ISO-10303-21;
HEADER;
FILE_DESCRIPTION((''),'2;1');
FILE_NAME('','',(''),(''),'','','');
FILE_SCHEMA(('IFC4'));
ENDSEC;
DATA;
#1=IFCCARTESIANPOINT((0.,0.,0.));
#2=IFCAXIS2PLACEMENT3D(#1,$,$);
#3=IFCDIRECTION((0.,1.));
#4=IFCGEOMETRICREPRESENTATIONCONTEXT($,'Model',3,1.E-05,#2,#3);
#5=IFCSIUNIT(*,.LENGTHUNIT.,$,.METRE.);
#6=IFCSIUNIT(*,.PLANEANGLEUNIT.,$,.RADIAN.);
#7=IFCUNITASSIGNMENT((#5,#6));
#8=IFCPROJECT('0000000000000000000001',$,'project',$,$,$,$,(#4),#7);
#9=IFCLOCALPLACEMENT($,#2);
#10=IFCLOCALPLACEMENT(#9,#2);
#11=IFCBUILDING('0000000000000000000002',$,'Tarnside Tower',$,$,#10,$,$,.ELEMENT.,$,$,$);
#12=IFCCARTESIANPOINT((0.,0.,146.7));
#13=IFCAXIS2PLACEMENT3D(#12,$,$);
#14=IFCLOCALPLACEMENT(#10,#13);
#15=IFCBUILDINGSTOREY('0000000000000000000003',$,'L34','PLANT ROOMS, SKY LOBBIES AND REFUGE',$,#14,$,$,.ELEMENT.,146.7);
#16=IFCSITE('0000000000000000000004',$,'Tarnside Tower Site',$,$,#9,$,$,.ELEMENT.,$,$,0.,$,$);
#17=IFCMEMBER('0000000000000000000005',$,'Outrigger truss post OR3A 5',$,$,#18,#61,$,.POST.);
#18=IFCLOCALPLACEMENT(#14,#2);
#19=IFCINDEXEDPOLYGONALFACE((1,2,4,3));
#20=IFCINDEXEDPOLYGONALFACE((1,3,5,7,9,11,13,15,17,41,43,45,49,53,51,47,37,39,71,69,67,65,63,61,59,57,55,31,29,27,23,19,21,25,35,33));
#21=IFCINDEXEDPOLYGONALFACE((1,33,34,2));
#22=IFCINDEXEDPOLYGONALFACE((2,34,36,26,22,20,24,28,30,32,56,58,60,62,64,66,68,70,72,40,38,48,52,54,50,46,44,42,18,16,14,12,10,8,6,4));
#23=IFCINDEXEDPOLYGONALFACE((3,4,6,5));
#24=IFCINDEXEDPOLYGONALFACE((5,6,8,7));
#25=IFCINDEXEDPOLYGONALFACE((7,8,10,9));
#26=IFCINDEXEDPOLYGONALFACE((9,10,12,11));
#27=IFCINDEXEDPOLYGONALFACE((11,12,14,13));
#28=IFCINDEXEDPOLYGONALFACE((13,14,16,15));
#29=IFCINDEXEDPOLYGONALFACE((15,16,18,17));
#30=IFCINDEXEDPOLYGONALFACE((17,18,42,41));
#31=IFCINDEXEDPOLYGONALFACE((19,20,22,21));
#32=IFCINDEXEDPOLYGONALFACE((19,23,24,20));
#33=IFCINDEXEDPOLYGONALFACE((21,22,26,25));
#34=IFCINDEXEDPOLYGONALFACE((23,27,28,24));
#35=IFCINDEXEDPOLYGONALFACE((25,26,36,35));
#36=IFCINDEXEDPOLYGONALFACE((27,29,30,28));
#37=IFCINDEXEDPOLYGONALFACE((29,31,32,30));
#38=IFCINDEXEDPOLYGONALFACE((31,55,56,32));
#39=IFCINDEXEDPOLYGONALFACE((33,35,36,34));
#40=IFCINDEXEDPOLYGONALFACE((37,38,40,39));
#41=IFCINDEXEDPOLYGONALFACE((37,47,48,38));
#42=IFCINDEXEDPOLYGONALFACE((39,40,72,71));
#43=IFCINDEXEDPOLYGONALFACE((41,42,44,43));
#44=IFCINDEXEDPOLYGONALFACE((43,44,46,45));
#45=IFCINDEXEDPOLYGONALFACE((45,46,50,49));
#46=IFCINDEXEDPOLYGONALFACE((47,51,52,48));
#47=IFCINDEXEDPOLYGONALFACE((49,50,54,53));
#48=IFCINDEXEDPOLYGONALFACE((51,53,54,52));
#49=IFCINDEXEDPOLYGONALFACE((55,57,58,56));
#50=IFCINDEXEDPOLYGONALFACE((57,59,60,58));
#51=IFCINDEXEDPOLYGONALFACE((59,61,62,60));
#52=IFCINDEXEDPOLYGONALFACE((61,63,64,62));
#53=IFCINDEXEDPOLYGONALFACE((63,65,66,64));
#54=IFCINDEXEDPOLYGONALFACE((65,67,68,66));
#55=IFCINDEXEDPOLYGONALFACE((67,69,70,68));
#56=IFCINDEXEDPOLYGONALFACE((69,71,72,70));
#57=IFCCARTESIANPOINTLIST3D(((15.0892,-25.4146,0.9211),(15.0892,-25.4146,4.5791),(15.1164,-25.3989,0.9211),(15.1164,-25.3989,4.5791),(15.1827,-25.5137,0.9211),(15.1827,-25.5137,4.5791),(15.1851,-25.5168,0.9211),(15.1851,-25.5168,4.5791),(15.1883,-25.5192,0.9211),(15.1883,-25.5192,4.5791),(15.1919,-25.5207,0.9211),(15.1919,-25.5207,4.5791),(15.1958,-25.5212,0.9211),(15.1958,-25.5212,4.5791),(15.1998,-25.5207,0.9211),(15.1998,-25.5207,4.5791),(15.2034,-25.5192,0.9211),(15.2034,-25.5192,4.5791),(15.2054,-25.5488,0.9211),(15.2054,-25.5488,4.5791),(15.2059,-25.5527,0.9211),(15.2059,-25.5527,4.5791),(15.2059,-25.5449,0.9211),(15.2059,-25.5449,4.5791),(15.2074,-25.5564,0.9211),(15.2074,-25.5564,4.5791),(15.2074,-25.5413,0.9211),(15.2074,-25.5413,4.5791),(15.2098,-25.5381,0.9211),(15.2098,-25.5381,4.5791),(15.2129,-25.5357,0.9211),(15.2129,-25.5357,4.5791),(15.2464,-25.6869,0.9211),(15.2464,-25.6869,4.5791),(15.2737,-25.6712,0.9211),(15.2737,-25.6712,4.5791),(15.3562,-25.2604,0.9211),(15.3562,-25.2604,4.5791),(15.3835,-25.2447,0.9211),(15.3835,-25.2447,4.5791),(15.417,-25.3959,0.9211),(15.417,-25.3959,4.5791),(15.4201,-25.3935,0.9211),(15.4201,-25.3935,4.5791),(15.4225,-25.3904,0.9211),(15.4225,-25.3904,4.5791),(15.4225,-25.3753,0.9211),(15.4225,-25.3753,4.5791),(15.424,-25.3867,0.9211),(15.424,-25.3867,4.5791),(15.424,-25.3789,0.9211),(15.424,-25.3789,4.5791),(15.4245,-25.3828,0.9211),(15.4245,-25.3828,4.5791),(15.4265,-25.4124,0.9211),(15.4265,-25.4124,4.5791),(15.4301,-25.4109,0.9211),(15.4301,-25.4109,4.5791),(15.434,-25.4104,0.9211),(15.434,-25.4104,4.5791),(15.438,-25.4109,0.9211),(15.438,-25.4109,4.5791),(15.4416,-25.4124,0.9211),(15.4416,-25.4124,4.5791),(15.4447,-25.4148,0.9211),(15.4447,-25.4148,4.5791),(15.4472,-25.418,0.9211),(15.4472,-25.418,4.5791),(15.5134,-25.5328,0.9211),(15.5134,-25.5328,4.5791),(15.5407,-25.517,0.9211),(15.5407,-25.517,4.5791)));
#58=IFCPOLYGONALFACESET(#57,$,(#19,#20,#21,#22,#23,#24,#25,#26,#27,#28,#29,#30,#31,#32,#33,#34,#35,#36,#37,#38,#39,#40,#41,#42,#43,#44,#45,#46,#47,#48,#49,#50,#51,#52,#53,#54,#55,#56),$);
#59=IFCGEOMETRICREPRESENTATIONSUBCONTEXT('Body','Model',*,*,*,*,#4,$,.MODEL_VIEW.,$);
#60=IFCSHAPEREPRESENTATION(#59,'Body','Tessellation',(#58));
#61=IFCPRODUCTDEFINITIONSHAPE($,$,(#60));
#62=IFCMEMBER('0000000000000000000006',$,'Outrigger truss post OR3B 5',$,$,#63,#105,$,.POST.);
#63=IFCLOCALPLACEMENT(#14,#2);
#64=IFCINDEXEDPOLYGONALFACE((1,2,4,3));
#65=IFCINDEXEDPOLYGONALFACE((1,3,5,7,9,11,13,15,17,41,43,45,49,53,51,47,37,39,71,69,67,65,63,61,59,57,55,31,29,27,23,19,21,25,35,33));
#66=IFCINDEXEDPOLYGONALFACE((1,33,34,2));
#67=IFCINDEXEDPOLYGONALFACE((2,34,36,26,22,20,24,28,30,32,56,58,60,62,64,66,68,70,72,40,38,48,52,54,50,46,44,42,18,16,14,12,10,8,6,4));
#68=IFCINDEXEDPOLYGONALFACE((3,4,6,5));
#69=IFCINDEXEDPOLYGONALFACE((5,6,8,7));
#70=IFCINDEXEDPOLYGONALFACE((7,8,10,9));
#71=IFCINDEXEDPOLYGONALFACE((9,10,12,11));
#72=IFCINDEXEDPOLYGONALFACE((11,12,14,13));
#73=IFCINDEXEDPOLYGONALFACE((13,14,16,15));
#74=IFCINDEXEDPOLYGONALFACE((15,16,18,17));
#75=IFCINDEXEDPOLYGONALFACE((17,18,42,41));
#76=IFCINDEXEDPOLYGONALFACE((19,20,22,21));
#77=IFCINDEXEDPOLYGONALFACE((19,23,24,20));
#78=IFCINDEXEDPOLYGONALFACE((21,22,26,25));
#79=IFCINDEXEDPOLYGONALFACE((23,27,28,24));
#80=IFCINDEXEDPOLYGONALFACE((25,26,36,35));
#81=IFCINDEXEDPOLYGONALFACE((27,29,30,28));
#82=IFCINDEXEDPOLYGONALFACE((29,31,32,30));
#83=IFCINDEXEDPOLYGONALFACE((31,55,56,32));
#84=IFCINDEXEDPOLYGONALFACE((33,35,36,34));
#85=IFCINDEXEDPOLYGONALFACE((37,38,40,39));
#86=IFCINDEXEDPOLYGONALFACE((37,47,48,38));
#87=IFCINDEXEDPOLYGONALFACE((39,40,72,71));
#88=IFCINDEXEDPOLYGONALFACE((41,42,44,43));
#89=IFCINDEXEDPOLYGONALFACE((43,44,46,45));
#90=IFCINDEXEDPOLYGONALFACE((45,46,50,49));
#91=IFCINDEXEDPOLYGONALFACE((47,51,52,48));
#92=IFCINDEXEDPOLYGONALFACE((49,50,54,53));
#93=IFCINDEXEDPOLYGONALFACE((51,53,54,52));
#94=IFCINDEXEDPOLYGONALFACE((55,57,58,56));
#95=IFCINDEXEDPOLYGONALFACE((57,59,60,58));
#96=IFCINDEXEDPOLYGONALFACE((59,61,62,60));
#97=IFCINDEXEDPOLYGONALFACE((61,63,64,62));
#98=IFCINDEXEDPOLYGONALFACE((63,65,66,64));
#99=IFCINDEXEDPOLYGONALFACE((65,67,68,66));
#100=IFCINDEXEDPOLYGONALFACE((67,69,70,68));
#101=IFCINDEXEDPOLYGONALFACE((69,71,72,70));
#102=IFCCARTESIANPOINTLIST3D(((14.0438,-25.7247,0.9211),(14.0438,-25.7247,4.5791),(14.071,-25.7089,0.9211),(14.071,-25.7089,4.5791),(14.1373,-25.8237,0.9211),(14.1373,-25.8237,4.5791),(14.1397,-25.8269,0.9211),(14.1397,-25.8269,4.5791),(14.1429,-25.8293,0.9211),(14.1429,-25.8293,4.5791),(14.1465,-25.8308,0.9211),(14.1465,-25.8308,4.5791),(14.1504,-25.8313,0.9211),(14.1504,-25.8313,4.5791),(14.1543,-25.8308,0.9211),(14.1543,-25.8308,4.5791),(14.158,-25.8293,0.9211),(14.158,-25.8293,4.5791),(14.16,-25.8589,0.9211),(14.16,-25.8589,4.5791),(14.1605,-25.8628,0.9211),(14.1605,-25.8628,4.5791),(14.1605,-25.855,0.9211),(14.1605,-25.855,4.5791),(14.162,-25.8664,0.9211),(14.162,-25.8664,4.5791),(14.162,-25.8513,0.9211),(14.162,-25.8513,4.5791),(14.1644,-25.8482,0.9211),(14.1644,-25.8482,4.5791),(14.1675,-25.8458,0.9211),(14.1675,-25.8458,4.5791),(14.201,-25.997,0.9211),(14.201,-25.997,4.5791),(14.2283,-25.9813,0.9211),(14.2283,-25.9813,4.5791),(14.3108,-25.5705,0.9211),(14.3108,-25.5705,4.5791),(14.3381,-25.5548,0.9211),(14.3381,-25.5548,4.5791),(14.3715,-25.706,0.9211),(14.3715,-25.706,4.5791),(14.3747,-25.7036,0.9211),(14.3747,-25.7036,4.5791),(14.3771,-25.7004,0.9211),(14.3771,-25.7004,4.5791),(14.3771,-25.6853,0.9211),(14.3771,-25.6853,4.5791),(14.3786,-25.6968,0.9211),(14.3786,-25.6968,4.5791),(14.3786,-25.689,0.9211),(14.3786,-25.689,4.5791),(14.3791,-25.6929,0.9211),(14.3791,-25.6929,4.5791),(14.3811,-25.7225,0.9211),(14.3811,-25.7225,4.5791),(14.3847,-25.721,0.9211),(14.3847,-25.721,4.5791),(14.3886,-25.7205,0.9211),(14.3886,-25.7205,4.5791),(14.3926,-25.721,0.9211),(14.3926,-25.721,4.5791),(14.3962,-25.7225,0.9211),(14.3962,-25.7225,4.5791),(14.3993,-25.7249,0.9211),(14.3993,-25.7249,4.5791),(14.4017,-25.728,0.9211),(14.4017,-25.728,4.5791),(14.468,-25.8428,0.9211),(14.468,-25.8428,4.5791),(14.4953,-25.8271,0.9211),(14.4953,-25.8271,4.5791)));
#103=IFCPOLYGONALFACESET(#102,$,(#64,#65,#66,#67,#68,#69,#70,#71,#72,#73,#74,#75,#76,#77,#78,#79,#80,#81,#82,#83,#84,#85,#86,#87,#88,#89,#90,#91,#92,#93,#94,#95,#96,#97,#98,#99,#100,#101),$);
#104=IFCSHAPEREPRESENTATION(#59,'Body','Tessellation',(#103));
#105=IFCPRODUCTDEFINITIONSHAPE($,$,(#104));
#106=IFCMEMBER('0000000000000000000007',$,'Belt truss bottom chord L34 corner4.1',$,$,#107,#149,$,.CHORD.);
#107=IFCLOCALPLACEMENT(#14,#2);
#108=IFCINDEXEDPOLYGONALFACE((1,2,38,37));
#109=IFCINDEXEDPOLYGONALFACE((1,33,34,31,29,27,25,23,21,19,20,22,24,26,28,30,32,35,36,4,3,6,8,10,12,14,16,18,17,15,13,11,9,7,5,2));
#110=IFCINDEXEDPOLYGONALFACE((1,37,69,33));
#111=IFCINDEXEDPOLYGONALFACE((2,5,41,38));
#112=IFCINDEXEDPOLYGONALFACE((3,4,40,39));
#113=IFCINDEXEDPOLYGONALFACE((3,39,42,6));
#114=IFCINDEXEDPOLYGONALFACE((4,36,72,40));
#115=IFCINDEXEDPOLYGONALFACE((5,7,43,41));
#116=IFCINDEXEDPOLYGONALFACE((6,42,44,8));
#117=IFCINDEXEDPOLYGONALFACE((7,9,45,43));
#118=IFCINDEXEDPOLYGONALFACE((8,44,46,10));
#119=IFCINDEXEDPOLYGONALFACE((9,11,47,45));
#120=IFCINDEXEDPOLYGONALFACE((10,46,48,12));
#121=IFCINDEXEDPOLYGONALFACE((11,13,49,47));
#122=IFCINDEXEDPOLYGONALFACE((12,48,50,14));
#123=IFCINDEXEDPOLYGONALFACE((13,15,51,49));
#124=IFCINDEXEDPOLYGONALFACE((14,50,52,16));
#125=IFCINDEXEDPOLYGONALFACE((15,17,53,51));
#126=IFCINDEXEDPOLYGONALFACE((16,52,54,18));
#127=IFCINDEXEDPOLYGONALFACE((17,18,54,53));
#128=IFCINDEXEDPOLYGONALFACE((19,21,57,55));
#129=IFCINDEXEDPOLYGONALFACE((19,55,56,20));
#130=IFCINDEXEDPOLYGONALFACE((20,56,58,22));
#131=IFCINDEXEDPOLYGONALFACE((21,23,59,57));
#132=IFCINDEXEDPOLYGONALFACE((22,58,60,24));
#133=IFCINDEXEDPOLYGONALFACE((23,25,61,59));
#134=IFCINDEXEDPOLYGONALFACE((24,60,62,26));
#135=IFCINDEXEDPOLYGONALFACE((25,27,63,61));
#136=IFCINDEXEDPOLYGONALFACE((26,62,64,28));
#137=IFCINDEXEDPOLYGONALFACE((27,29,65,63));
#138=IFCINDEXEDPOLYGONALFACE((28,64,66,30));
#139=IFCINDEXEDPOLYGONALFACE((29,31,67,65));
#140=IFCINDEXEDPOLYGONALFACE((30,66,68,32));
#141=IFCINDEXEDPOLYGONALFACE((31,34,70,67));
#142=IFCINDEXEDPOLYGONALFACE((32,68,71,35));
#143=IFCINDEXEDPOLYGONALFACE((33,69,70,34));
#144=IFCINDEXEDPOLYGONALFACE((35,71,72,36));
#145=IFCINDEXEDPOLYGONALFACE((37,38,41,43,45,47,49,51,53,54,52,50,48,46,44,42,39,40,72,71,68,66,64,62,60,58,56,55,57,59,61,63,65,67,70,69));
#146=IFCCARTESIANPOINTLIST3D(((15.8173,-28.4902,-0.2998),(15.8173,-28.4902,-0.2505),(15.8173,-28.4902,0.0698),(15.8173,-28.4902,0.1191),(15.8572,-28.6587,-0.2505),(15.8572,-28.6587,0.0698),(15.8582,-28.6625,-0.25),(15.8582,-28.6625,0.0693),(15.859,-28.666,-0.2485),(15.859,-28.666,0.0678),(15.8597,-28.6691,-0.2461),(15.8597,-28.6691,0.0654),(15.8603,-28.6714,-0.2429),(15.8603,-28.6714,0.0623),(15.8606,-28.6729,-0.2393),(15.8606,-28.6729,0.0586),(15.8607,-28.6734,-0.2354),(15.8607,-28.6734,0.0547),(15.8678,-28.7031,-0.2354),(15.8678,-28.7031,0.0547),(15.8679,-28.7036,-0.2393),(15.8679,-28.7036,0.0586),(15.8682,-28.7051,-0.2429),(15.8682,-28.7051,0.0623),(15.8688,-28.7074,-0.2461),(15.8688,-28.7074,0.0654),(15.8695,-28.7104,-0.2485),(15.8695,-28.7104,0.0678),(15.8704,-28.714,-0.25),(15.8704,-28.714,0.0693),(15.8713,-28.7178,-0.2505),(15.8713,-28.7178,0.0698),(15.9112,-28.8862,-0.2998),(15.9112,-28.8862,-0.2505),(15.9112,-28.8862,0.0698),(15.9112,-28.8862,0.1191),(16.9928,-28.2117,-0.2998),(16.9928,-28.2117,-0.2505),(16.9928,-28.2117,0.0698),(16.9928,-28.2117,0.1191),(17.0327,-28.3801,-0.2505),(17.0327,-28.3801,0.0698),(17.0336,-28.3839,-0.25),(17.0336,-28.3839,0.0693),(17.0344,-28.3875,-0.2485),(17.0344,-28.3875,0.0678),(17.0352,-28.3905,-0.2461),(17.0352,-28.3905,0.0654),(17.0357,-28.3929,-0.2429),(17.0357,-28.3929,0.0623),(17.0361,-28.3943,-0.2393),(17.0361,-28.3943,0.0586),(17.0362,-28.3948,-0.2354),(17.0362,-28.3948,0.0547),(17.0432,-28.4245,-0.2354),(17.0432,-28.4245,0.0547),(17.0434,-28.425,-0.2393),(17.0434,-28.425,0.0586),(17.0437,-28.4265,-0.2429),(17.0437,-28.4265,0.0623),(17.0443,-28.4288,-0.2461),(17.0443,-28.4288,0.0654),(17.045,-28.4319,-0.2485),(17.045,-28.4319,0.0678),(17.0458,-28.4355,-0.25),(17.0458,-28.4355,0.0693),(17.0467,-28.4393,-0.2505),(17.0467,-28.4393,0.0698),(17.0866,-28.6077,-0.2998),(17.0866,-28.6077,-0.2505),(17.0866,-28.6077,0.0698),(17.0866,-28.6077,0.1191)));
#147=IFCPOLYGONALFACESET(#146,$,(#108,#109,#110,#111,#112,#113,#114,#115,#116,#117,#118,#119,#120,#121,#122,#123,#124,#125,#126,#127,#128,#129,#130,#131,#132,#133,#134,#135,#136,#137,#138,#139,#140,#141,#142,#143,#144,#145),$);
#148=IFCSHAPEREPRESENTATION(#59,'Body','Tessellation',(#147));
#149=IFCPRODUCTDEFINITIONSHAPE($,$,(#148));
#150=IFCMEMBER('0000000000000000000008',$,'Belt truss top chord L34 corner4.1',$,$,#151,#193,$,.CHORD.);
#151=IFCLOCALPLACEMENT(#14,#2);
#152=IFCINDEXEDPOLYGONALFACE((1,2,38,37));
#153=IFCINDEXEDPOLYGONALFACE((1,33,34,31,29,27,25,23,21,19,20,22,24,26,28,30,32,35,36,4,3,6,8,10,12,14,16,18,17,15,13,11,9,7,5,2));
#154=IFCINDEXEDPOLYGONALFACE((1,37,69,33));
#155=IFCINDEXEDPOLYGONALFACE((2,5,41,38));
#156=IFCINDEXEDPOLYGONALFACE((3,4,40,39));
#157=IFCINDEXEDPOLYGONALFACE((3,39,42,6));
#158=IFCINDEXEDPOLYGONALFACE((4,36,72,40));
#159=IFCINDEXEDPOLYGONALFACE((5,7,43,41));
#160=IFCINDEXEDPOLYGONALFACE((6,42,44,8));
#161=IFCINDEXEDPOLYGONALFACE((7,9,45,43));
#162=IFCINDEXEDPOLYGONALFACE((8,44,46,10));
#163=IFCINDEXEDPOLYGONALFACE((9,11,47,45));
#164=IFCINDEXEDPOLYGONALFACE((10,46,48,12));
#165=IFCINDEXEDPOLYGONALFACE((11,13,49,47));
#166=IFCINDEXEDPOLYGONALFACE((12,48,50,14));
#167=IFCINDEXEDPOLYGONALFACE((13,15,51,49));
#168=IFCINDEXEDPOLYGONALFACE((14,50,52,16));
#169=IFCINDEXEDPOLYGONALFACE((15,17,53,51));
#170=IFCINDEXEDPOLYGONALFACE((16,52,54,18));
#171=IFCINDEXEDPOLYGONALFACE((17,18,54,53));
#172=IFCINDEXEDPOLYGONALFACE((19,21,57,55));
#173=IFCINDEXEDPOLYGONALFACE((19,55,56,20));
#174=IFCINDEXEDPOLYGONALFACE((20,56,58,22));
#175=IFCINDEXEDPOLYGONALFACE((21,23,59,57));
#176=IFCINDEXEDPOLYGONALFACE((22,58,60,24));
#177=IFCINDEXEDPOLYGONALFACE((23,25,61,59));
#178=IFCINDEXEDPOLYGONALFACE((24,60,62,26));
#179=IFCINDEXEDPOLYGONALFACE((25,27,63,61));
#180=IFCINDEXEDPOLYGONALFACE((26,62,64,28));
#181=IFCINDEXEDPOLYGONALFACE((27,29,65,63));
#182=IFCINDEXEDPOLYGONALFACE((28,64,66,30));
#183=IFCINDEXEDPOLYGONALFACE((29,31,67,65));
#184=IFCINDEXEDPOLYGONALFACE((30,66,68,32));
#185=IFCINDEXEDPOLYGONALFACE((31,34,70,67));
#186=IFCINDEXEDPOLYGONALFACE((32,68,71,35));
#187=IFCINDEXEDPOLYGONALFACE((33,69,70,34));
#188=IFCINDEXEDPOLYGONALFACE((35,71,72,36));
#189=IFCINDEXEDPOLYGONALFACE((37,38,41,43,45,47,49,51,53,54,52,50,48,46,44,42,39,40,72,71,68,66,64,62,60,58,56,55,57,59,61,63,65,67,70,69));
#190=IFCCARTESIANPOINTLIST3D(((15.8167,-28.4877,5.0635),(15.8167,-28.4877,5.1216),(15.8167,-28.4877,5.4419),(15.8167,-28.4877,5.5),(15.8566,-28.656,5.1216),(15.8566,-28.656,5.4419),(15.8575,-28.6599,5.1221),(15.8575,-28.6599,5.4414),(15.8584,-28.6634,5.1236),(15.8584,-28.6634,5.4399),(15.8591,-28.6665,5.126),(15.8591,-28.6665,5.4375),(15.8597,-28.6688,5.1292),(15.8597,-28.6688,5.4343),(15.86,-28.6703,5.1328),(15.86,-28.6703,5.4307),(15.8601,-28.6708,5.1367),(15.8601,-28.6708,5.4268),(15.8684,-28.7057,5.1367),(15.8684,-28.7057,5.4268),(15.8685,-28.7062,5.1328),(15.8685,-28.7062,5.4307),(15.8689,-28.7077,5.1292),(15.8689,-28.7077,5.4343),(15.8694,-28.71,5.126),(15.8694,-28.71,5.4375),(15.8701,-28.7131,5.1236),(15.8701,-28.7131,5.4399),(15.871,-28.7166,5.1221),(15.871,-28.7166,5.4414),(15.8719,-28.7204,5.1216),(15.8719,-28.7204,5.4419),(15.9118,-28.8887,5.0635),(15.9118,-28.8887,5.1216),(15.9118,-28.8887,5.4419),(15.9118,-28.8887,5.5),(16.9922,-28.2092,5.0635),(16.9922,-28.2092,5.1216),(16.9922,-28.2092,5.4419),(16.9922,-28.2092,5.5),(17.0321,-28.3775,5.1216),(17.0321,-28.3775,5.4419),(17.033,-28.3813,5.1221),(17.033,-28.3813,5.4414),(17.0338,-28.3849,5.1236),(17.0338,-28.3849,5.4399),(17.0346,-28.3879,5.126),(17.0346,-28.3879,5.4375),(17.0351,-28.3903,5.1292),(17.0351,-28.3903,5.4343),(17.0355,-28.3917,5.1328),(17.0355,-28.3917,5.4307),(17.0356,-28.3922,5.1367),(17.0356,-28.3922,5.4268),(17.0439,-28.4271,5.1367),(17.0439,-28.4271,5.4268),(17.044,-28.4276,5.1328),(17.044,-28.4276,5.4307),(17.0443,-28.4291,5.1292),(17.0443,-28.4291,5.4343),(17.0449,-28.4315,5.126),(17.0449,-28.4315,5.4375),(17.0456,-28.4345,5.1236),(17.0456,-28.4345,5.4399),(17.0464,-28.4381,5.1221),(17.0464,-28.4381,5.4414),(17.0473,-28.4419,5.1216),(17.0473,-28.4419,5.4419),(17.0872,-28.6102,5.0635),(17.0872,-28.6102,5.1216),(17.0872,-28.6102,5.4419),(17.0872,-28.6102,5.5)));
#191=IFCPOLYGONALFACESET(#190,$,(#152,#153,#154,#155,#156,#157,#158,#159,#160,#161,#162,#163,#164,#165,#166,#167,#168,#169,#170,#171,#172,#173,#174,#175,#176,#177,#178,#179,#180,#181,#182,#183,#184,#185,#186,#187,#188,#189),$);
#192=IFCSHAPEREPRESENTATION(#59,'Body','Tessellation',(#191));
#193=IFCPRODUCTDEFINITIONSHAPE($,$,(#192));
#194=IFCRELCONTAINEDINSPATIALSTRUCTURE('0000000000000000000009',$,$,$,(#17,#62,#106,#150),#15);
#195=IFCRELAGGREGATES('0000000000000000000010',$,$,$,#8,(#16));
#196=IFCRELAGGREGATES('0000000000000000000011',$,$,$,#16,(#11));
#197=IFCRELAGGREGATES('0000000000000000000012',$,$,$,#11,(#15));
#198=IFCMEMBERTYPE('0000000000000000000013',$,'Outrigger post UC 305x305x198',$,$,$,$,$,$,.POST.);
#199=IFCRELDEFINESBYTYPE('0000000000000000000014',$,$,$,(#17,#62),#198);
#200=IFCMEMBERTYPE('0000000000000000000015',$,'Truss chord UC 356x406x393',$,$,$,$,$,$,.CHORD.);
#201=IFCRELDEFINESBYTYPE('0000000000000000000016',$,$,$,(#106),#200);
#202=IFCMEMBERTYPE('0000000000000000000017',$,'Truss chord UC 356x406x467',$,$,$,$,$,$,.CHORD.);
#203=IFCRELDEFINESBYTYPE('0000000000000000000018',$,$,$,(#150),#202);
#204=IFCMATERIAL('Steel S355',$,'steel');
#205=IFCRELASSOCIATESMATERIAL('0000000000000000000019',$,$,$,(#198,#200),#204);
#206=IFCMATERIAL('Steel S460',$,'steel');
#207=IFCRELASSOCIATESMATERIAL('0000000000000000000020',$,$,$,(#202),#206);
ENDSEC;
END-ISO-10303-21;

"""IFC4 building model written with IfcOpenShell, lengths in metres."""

from ifc_helpers import new_model, si_unit, direction, frame, origin, origin_2d, place, context, subcontext, project, spatial, i_section, extrude, material, material_profile, profile_set, type_object, element, save


model = new_model("IFC4")

# Units and contexts
model_context = context("Model", 3, precision=1e-05, world=origin(), true_north=direction((0.0, 1.0)))
body_context = subcontext(model_context, "Body", "Model", "MODEL_VIEW")
ifc_project = project(units=[si_unit("LENGTHUNIT", "METRE"), si_unit("PLANEANGLEUNIT", "RADIAN")], contexts=[model_context])

# Site, building, storey
site_placement = place(None, origin())
site = spatial("IfcSite", under=ifc_project, at=site_placement, Name="Tarnside Tower Site", CompositionType="ELEMENT", RefElevation=0.0)
building_placement = place(site_placement, origin())
building = spatial("IfcBuilding", under=site, at=building_placement, Name="Tarnside Tower", CompositionType="ELEMENT")
storey_placement = place(building_placement, frame((0.0, 0.0, 146.7)))
storey = spatial("IfcBuildingStorey", under=building, at=storey_placement, Name="L34", Description="PLANT ROOMS, SKY LOBBIES AND REFUGE", CompositionType="ELEMENT", Elevation=146.7)

# Shared definitions
ifc_material_1 = material(Name="Steel S355", Category="steel")

# Members
ifc_material_profile_1 = material_profile(ifc_material_1, i_section(OverallWidth=0.3145, OverallDepth=0.3398, WebThickness=0.019, FlangeThickness=0.0315, FilletRadius=0.0151, at=origin_2d()), Name="UC 305x305x198")
ifc_profile_set_1 = profile_set([ifc_material_profile_1], Name="Steel S355")
member_type_1 = type_object("IfcMemberType", Name="Outrigger post UC 305x305x198", PredefinedType="POST", material=ifc_profile_set_1)
for number, where, z_axis, x_axis, name in (
    (1, (15.3149, -25.4658, 0.9211), (0.0, 0.0, 1.0), (0.5, -0.866025, 0.0), "Outrigger truss post OR3A 5"),
    (2, (14.2695, -25.7759, 0.9211), (0.0, 0.0, 1.0), (0.5, -0.866025, 0.0), "Outrigger truss post OR3B 5"),
):
    element("IfcMember", number, at=place(storey_placement, frame(where, z_axis=z_axis, x_axis=x_axis)), inside=storey, type_object=member_type_1, Name=name, PredefinedType="POST", context=body_context, shape_type="SweptSolid", body=[
        extrude(i_section(OverallWidth=0.3145, OverallDepth=0.3398, WebThickness=0.019, FlangeThickness=0.0315, FilletRadius=0.0151, at=origin_2d()), origin(), (0.0, 0.0, 1.0), 3.658),
    ])
ifc_material_profile_2 = material_profile(ifc_material_1, i_section(OverallWidth=0.407, OverallDepth=0.4189, WebThickness=0.0305, FlangeThickness=0.0493, FilletRadius=0.0151, at=origin_2d()), Name="UC 356x406x393")
ifc_profile_set_2 = profile_set([ifc_material_profile_2], Name="Steel S355")
member_type_2 = type_object("IfcMemberType", Name="Truss chord UC 356x406x393", PredefinedType="CHORD", material=ifc_profile_set_2)
member_1_placement = place(storey_placement, frame((15.8643, -28.6882, -0.0903), z_axis=(0.973053, 0.230582, 0.0), x_axis=(-0.230582, 0.973053, 0.0)))
element("IfcMember", 3, at=member_1_placement, inside=storey, type_object=member_type_2, Name="Belt truss bottom chord L34 corner4.1", PredefinedType="CHORD", context=body_context, shape_type="SweptSolid", body=[
    extrude(i_section(OverallWidth=0.407, OverallDepth=0.4189, WebThickness=0.0305, FlangeThickness=0.0493, FilletRadius=0.0151, at=origin_2d()), origin(), (0.0, 0.0, 1.0), 1.208),
])
ifc_material_2 = material(Name="Steel S460", Category="steel")
ifc_material_profile_3 = material_profile(ifc_material_2, i_section(OverallWidth=0.4121, OverallDepth=0.4365, WebThickness=0.0359, FlangeThickness=0.0581, FilletRadius=0.0151, at=origin_2d()), Name="UC 356x406x467")
ifc_profile_set_3 = profile_set([ifc_material_profile_3], Name="Steel S460")
member_type_3 = type_object("IfcMemberType", Name="Truss chord UC 356x406x467", PredefinedType="CHORD", material=ifc_profile_set_3)
member_2_placement = place(storey_placement, frame((15.8643, -28.6882, 5.2817), z_axis=(0.973053, 0.230582, 0.0), x_axis=(-0.230582, 0.973053, 0.0)))
element("IfcMember", 4, at=member_2_placement, inside=storey, type_object=member_type_3, Name="Belt truss top chord L34 corner4.1", PredefinedType="CHORD", context=body_context, shape_type="SweptSolid", body=[
    extrude(i_section(OverallWidth=0.4121, OverallDepth=0.4365, WebThickness=0.0359, FlangeThickness=0.0581, FilletRadius=0.0151, at=origin_2d()), origin(), (0.0, 0.0, 1.0), 1.208),
])

save(model, "model.ifc")
